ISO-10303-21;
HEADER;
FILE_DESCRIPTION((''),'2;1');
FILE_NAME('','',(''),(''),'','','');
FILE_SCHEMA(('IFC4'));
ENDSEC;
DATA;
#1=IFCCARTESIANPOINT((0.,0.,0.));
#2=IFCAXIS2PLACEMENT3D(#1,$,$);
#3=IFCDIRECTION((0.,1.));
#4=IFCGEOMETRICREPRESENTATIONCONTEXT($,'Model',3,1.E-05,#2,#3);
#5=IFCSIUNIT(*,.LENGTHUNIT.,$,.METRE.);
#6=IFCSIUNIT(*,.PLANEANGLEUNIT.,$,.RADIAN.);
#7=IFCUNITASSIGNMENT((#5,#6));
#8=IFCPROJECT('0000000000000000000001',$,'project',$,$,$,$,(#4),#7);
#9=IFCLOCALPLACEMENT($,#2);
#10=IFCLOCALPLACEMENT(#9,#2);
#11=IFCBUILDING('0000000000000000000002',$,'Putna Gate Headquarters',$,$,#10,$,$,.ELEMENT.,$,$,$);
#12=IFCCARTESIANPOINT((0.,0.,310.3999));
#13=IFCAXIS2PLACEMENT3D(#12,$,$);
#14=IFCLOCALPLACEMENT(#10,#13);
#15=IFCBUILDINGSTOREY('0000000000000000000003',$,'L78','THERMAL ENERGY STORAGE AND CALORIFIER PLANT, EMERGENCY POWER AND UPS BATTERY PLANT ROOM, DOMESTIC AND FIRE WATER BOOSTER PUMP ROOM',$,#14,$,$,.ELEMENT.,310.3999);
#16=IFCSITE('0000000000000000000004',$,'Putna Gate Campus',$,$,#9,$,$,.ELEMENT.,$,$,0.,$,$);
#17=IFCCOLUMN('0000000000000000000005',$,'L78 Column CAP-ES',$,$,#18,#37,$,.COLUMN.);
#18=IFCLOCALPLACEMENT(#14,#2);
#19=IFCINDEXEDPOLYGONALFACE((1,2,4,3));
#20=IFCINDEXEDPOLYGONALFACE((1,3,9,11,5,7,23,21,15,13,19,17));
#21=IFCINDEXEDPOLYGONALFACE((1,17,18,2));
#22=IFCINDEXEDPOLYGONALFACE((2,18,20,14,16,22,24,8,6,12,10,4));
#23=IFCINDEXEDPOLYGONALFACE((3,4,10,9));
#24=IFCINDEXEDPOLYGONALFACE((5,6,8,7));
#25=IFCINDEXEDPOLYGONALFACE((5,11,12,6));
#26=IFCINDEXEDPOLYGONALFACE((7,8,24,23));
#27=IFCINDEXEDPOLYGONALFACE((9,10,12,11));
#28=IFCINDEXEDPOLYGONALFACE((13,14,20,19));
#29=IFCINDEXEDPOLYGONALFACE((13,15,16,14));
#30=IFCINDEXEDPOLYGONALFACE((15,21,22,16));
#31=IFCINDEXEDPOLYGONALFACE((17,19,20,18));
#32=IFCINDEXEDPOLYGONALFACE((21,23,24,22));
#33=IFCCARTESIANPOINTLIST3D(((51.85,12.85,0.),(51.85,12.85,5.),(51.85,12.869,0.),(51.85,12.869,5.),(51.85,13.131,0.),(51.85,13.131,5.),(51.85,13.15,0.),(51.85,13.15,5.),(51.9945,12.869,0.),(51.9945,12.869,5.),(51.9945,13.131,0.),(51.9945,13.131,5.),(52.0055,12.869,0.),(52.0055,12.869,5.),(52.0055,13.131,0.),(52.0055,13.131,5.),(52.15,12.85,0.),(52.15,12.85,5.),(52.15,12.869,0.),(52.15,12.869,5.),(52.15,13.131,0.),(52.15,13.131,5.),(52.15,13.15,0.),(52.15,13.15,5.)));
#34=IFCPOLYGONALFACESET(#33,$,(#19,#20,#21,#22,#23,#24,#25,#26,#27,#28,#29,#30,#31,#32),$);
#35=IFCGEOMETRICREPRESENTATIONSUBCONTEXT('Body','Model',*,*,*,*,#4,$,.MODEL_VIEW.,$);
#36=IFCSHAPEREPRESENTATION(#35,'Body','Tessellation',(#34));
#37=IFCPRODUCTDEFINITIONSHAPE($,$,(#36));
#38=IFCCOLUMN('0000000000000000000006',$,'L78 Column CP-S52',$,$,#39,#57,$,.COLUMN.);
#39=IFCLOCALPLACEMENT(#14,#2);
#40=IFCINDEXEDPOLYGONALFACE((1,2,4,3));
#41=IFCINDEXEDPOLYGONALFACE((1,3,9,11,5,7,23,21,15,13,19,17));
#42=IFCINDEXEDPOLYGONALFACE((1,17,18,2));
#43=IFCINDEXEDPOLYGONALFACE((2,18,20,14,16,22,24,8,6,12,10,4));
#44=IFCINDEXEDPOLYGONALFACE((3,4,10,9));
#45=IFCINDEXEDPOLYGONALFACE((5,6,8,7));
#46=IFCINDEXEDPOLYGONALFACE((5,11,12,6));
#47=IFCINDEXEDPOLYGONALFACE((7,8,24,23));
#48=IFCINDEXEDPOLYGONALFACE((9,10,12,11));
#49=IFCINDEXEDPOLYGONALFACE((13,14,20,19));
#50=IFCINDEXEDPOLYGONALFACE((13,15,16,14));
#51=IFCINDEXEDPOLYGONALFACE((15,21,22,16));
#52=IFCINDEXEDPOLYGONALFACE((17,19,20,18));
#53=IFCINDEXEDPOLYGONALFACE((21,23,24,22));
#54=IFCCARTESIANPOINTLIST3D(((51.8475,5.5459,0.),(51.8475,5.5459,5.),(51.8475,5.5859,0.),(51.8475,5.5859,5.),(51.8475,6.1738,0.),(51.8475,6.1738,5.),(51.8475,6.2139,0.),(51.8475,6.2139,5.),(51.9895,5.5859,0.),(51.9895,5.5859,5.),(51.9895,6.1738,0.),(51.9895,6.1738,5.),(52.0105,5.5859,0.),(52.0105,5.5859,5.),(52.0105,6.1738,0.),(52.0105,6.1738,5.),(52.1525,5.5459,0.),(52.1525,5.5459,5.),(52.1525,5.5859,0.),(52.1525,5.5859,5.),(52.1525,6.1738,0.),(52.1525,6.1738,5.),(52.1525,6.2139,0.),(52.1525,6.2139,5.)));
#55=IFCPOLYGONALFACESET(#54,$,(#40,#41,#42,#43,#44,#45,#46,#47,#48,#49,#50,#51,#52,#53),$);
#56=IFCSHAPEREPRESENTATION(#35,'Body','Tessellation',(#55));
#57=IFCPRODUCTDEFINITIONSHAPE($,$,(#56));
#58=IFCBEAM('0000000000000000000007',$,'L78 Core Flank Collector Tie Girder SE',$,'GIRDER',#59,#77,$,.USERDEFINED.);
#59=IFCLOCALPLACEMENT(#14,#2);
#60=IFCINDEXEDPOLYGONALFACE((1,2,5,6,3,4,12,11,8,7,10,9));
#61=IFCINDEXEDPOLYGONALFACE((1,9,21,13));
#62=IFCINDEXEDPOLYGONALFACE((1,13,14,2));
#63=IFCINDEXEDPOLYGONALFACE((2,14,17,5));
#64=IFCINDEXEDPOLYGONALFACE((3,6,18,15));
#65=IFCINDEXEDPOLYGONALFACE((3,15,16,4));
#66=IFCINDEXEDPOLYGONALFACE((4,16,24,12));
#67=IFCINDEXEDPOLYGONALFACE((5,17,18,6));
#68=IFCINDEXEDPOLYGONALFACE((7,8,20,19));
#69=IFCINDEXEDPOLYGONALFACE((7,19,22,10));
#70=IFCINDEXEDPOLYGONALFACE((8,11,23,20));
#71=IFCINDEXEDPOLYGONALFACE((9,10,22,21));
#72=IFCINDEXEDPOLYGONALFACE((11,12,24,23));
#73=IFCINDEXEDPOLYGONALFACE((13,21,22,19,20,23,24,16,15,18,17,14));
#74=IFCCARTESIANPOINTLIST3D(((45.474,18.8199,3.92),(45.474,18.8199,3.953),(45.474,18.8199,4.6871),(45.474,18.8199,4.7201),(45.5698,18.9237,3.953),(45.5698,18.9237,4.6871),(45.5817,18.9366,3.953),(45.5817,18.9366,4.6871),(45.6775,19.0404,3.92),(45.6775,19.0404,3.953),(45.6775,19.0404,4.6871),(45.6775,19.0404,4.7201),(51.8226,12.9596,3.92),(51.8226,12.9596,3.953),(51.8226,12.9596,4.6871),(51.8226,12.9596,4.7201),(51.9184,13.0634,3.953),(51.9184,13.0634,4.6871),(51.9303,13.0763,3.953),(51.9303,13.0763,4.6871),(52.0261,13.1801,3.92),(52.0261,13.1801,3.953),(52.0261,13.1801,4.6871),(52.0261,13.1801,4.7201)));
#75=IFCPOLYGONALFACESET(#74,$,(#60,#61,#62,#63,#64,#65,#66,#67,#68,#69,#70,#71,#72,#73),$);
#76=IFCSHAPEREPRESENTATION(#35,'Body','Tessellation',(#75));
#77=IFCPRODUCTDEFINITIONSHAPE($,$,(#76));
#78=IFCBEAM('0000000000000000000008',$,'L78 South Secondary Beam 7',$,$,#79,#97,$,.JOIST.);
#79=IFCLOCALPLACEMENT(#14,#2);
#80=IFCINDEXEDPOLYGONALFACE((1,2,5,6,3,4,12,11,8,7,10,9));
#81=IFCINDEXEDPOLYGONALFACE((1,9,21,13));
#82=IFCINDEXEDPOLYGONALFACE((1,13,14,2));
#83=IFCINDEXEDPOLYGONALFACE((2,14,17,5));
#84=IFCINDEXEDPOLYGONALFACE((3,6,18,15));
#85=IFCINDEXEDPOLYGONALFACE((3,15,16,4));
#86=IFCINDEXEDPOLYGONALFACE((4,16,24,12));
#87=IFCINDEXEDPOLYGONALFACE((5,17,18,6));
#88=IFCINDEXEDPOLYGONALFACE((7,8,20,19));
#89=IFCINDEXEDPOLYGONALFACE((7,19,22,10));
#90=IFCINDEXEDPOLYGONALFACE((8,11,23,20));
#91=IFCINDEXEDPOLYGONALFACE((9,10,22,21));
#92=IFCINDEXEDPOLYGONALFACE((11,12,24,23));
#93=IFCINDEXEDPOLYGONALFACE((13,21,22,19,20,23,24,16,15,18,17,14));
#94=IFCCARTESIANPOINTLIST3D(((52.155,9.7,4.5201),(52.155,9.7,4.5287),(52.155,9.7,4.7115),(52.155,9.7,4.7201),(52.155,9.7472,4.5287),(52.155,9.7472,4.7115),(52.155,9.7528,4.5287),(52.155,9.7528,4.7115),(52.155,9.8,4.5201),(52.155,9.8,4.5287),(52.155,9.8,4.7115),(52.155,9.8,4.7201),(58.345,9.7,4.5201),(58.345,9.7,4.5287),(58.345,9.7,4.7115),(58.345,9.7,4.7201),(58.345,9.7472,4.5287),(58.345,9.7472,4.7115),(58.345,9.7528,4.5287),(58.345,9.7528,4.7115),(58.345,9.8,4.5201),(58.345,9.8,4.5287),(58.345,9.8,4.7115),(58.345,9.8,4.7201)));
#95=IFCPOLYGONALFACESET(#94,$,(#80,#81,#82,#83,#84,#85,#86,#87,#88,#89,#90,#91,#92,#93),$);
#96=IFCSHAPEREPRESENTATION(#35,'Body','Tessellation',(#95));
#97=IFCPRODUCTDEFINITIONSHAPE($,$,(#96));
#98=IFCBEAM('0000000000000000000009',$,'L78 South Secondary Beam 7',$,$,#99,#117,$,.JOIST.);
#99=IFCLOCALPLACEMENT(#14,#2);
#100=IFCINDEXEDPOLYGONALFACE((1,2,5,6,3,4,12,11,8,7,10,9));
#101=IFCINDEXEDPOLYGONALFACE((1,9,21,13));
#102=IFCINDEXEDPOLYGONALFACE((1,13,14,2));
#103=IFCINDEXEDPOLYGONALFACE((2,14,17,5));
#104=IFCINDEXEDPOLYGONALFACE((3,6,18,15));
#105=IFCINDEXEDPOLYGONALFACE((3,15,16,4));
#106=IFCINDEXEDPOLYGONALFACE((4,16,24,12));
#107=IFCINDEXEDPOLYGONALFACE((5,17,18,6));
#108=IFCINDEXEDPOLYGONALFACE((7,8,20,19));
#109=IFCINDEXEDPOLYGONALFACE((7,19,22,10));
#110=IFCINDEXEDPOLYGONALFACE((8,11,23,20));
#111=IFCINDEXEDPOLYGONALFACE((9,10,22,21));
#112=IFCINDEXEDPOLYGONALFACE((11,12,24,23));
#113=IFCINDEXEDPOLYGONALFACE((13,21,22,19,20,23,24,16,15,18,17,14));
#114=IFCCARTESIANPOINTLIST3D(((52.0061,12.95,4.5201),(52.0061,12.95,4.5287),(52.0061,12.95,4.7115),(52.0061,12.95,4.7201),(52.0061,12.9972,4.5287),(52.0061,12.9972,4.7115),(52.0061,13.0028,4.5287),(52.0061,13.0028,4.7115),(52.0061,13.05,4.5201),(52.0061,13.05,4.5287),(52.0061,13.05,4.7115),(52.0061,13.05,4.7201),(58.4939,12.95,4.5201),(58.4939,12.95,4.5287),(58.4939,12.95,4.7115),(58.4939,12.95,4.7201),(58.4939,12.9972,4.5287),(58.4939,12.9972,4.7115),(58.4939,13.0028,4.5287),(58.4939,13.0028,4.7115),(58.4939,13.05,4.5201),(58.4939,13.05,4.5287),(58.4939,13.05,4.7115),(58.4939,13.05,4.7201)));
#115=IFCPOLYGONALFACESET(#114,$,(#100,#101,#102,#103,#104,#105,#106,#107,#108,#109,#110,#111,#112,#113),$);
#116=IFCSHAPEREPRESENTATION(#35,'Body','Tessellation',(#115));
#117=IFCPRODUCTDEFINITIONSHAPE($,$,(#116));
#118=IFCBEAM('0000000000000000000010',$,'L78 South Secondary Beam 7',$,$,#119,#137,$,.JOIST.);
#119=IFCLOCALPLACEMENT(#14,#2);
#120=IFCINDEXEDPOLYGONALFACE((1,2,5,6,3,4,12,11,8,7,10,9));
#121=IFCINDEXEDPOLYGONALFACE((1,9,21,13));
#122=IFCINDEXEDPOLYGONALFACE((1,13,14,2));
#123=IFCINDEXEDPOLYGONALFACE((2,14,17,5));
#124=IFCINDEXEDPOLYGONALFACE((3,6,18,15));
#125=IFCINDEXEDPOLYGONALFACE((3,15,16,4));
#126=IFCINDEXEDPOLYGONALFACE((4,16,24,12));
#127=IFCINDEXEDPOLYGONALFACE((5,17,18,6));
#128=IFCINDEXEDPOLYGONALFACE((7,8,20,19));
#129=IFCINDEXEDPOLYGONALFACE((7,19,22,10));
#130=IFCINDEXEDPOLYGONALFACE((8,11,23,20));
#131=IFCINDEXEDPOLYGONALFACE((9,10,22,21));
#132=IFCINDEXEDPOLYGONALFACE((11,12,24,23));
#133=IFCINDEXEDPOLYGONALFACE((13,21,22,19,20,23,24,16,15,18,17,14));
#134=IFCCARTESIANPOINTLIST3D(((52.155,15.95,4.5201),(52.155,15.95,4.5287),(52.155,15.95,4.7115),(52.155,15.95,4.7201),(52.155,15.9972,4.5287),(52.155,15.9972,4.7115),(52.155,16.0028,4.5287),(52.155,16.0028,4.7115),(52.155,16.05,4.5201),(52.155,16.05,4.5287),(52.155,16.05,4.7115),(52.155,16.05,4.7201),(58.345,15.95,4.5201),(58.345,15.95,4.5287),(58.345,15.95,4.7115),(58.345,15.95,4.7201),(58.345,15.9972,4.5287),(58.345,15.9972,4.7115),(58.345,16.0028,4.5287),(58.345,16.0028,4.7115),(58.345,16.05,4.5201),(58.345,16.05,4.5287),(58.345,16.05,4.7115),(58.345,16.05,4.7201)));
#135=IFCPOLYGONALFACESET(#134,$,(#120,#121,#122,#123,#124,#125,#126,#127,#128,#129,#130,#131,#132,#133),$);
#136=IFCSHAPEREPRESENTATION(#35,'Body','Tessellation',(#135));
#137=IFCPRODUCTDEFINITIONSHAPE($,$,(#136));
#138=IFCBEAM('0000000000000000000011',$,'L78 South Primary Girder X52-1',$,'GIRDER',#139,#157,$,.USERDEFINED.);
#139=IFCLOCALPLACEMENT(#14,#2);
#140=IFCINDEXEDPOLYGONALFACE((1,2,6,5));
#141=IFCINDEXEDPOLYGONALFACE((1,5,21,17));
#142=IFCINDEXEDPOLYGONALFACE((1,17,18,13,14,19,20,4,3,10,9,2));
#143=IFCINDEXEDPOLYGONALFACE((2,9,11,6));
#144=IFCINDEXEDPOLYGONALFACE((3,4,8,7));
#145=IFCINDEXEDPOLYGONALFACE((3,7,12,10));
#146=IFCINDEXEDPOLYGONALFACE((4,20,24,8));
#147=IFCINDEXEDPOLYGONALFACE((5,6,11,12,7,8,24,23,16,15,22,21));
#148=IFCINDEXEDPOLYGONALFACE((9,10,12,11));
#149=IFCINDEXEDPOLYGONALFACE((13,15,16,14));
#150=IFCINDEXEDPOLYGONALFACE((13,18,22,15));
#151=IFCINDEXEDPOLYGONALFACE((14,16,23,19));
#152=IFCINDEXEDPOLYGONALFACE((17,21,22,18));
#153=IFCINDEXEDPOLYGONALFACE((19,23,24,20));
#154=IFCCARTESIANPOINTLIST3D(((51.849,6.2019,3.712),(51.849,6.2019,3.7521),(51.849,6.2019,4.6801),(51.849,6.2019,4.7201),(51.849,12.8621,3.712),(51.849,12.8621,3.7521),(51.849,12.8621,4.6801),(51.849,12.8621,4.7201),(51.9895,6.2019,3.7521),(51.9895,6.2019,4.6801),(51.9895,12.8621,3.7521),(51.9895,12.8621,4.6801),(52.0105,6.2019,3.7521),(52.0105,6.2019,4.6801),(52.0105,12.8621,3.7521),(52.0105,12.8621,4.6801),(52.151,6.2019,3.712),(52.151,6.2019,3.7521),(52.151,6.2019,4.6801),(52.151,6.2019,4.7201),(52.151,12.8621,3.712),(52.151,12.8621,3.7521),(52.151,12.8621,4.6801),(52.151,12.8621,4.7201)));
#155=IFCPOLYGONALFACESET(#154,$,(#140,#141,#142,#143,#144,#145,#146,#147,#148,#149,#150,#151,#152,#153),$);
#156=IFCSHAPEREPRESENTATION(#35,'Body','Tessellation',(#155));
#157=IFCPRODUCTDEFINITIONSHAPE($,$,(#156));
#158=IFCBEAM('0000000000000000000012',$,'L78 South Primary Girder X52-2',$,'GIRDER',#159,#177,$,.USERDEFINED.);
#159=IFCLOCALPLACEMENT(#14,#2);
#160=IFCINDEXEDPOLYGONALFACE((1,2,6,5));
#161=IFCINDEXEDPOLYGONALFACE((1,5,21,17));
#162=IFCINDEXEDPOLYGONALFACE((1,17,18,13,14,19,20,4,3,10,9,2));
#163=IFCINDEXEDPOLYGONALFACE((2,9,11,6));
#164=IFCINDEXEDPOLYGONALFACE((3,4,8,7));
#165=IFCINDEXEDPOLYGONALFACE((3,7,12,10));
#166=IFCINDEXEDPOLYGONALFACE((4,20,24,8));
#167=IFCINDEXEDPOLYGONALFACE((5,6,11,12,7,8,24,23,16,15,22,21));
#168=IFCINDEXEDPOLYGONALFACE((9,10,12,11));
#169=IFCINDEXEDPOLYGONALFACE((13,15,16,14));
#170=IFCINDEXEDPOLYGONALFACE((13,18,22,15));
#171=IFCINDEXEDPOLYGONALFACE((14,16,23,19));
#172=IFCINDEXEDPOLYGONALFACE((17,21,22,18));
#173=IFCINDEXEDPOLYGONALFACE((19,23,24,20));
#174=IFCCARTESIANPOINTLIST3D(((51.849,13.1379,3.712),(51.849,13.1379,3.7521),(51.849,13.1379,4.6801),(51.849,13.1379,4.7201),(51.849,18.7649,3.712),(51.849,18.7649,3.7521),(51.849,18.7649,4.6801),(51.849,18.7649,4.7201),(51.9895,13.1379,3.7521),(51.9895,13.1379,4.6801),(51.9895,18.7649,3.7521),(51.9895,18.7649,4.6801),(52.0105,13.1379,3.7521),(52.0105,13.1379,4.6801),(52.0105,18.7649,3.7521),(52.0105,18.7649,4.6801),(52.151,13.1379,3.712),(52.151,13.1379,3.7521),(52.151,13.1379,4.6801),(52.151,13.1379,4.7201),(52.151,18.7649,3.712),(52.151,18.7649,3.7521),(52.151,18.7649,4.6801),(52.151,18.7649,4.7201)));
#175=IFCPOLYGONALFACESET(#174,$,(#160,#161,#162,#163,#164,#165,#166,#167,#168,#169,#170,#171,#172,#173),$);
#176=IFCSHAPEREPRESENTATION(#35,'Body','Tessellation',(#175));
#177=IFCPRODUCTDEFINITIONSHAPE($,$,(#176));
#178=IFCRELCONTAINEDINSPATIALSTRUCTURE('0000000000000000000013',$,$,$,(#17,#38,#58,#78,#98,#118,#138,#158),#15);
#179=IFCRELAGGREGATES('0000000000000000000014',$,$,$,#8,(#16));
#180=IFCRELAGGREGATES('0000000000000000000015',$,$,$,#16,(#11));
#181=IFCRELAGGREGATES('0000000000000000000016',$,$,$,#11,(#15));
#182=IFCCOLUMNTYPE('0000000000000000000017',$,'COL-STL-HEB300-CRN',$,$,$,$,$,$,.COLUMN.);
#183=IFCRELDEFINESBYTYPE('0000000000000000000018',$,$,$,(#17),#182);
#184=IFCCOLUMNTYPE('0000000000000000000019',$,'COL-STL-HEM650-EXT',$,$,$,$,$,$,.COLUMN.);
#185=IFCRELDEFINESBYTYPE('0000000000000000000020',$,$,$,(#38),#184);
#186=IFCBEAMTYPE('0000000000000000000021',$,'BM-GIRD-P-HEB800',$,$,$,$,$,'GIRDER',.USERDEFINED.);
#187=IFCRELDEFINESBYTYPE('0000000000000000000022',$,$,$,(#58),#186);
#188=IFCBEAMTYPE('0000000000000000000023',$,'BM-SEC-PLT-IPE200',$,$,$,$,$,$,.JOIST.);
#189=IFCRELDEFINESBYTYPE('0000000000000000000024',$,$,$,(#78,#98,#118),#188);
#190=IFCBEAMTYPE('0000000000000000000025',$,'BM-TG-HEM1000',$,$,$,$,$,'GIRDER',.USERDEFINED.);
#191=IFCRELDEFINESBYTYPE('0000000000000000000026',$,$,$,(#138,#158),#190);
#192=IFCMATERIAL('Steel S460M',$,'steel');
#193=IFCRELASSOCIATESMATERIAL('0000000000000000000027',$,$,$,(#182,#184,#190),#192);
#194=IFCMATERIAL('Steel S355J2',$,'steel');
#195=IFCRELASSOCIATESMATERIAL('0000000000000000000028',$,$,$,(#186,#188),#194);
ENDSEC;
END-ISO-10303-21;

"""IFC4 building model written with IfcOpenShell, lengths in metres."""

from ifc_helpers import new_model, si_unit, direction, frame, origin, origin_2d, place, context, subcontext, project, spatial, i_section, extrude, material, material_profile, profile_set, type_object, element, save


model = new_model("IFC4")

# Units and contexts
model_context = context("Model", 3, precision=1e-05, world=origin(), true_north=direction((0.0, 1.0)))
body_context = subcontext(model_context, "Body", "Model", "MODEL_VIEW")
ifc_project = project(units=[si_unit("LENGTHUNIT", "METRE"), si_unit("PLANEANGLEUNIT", "RADIAN")], contexts=[model_context])

# Site, building, storey
site_placement = place(None, origin())
site = spatial("IfcSite", under=ifc_project, at=site_placement, Name="Putna Gate Campus", CompositionType="ELEMENT", RefElevation=0.0)
building_placement = place(site_placement, origin())
building = spatial("IfcBuilding", under=site, at=building_placement, Name="Putna Gate Headquarters", CompositionType="ELEMENT")
storey_placement = place(building_placement, frame((0.0, 0.0, 310.3999)))
storey = spatial("IfcBuildingStorey", under=building, at=storey_placement, Name="L78", Description="THERMAL ENERGY STORAGE AND CALORIFIER PLANT, EMERGENCY POWER AND UPS BATTERY PLANT ROOM, DOMESTIC AND FIRE WATER BOOSTER PUMP ROOM", CompositionType="ELEMENT", Elevation=310.3999)

# Columns
ifc_material_1 = material(Name="Steel S460M", Category="steel")
ifc_material_profile_1 = material_profile(ifc_material_1, i_section(OverallWidth=0.3, OverallDepth=0.3, WebThickness=0.011, FlangeThickness=0.019, at=origin_2d()), Name="Steel S460M")
ifc_profile_set_1 = profile_set([ifc_material_profile_1], Name="Steel S460M")
column_type_1 = type_object("IfcColumnType", Name="COL-STL-HEB300-CRN", PredefinedType="COLUMN", material=ifc_profile_set_1)
column_1_placement = place(storey_placement, frame((52.0, 13.0, 0.0), z_axis=(0.0, 0.0, 1.0), x_axis=(1.0, 0.0, 0.0)))
element("IfcColumn", 1, at=column_1_placement, inside=storey, type_object=column_type_1, Name="L78 Column CAP-ES", PredefinedType="COLUMN", context=body_context, shape_type="SweptSolid", body=[
    extrude(i_section(OverallWidth=0.3, OverallDepth=0.3, WebThickness=0.011, FlangeThickness=0.019, at=origin_2d()), origin(), (0.0, 0.0, 1.0), 5.0),
])
ifc_material_profile_2 = material_profile(ifc_material_1, i_section(OverallWidth=0.3049, OverallDepth=0.668, WebThickness=0.021, FlangeThickness=0.04, at=origin_2d()), Name="Steel S460M")
ifc_profile_set_2 = profile_set([ifc_material_profile_2], Name="Steel S460M")
column_type_2 = type_object("IfcColumnType", Name="COL-STL-HEM650-EXT", PredefinedType="COLUMN", material=ifc_profile_set_2)
column_2_placement = place(storey_placement, frame((52.0, 5.8799, 0.0), z_axis=(0.0, 0.0, 1.0), x_axis=(1.0, 0.0, 0.0)))
element("IfcColumn", 2, at=column_2_placement, inside=storey, type_object=column_type_2, Name="L78 Column CP-S52", PredefinedType="COLUMN", context=body_context, shape_type="SweptSolid", body=[
    extrude(i_section(OverallWidth=0.3049, OverallDepth=0.668, WebThickness=0.021, FlangeThickness=0.04, at=origin_2d()), origin(), (0.0, 0.0, 1.0), 5.0),
])

# Beams
ifc_material_2 = material(Name="Steel S355J2", Category="steel")
ifc_material_profile_3 = material_profile(ifc_material_2, i_section(OverallWidth=0.3, OverallDepth=0.8, WebThickness=0.0176, FlangeThickness=0.033, at=origin_2d()), Name="Steel S355J2")
ifc_profile_set_3 = profile_set([ifc_material_profile_3], Name="Steel S355J2")
beam_type_1 = type_object("IfcBeamType", Name="BM-GIRD-P-HEB800", ElementType="GIRDER", PredefinedType="USERDEFINED", material=ifc_profile_set_3)
beam_1_placement = place(storey_placement, frame((51.9243, 13.0698, 4.3201), z_axis=(-0.734799, 0.678285, 0.0), x_axis=(-0.678285, -0.734799, 0.0)))
element("IfcBeam", 3, at=beam_1_placement, inside=storey, type_object=beam_type_1, Name="L78 Core Flank Collector Tie Girder SE", ObjectType="GIRDER", PredefinedType="USERDEFINED", context=body_context, shape_type="SweptSolid", body=[
    extrude(i_section(OverallWidth=0.3, OverallDepth=0.8, WebThickness=0.0176, FlangeThickness=0.033, at=origin_2d()), origin(), (0.0, 0.0, 1.0), 8.6399),
])
ifc_material_profile_4 = material_profile(ifc_material_2, i_section(OverallWidth=0.1001, OverallDepth=0.2, WebThickness=0.0056, FlangeThickness=0.0085, at=origin_2d()), Name="Steel S355J2")
ifc_profile_set_4 = profile_set([ifc_material_profile_4], Name="Steel S355J2")
beam_type_2 = type_object("IfcBeamType", Name="BM-SEC-PLT-IPE200", PredefinedType="JOIST", material=ifc_profile_set_4)
beam_2_placement = place(storey_placement, frame((52.155, 9.75, 4.6201), z_axis=(1.0, 0.0, 0.0), x_axis=(0.0, 1.0, 0.0)))
element("IfcBeam", 4, at=beam_2_placement, inside=storey, type_object=beam_type_2, Name="L78 South Secondary Beam 7", PredefinedType="JOIST", context=body_context, shape_type="SweptSolid", body=[
    extrude(i_section(OverallWidth=0.1001, OverallDepth=0.2, WebThickness=0.0056, FlangeThickness=0.0085, at=origin_2d()), origin(), (0.0, 0.0, 1.0), 6.1899),
])
beam_3_placement = place(storey_placement, frame((52.0061, 13.0, 4.6201), z_axis=(1.0, 0.0, 0.0), x_axis=(0.0, 1.0, 0.0)))
element("IfcBeam", 5, at=beam_3_placement, inside=storey, type_object=beam_type_2, Name="L78 South Secondary Beam 7", PredefinedType="JOIST", context=body_context, shape_type="SweptSolid", body=[
    extrude(i_section(OverallWidth=0.1001, OverallDepth=0.2, WebThickness=0.0056, FlangeThickness=0.0085, at=origin_2d()), origin(), (0.0, 0.0, 1.0), 6.4878),
])
beam_4_placement = place(storey_placement, frame((52.155, 16.0, 4.6201), z_axis=(1.0, 0.0, 0.0), x_axis=(0.0, 1.0, 0.0)))
element("IfcBeam", 6, at=beam_4_placement, inside=storey, type_object=beam_type_2, Name="L78 South Secondary Beam 7", PredefinedType="JOIST", context=body_context, shape_type="SweptSolid", body=[
    extrude(i_section(OverallWidth=0.1001, OverallDepth=0.2, WebThickness=0.0056, FlangeThickness=0.0085, at=origin_2d()), origin(), (0.0, 0.0, 1.0), 6.1899),
])
ifc_material_profile_5 = material_profile(ifc_material_1, i_section(OverallWidth=0.302, OverallDepth=1.0081, WebThickness=0.021, FlangeThickness=0.04, at=origin_2d()), Name="Steel S460M")
ifc_profile_set_5 = profile_set([ifc_material_profile_5], Name="Steel S460M")
beam_type_3 = type_object("IfcBeamType", Name="BM-TG-HEM1000", ElementType="GIRDER", PredefinedType="USERDEFINED", material=ifc_profile_set_5)
beam_5_placement = place(storey_placement, frame((52.0, 6.2019, 4.2161), z_axis=(0.0, 1.0, 0.0), x_axis=(-1.0, 0.0, 0.0)))
element("IfcBeam", 7, at=beam_5_placement, inside=storey, type_object=beam_type_3, Name="L78 South Primary Girder X52-1", ObjectType="GIRDER", PredefinedType="USERDEFINED", context=body_context, shape_type="SweptSolid", body=[
    extrude(i_section(OverallWidth=0.302, OverallDepth=1.0081, WebThickness=0.021, FlangeThickness=0.04, at=origin_2d()), origin(), (0.0, 0.0, 1.0), 6.6602),
])
beam_6_placement = place(storey_placement, frame((52.0, 13.1379, 4.2161), z_axis=(0.0, 1.0, 0.0), x_axis=(-1.0, 0.0, 0.0)))
element("IfcBeam", 8, at=beam_6_placement, inside=storey, type_object=beam_type_3, Name="L78 South Primary Girder X52-2", ObjectType="GIRDER", PredefinedType="USERDEFINED", context=body_context, shape_type="SweptSolid", body=[
    extrude(i_section(OverallWidth=0.302, OverallDepth=1.0081, WebThickness=0.021, FlangeThickness=0.04, at=origin_2d()), origin(), (0.0, 0.0, 1.0), 5.627),
])

save(model, "model.ifc")
